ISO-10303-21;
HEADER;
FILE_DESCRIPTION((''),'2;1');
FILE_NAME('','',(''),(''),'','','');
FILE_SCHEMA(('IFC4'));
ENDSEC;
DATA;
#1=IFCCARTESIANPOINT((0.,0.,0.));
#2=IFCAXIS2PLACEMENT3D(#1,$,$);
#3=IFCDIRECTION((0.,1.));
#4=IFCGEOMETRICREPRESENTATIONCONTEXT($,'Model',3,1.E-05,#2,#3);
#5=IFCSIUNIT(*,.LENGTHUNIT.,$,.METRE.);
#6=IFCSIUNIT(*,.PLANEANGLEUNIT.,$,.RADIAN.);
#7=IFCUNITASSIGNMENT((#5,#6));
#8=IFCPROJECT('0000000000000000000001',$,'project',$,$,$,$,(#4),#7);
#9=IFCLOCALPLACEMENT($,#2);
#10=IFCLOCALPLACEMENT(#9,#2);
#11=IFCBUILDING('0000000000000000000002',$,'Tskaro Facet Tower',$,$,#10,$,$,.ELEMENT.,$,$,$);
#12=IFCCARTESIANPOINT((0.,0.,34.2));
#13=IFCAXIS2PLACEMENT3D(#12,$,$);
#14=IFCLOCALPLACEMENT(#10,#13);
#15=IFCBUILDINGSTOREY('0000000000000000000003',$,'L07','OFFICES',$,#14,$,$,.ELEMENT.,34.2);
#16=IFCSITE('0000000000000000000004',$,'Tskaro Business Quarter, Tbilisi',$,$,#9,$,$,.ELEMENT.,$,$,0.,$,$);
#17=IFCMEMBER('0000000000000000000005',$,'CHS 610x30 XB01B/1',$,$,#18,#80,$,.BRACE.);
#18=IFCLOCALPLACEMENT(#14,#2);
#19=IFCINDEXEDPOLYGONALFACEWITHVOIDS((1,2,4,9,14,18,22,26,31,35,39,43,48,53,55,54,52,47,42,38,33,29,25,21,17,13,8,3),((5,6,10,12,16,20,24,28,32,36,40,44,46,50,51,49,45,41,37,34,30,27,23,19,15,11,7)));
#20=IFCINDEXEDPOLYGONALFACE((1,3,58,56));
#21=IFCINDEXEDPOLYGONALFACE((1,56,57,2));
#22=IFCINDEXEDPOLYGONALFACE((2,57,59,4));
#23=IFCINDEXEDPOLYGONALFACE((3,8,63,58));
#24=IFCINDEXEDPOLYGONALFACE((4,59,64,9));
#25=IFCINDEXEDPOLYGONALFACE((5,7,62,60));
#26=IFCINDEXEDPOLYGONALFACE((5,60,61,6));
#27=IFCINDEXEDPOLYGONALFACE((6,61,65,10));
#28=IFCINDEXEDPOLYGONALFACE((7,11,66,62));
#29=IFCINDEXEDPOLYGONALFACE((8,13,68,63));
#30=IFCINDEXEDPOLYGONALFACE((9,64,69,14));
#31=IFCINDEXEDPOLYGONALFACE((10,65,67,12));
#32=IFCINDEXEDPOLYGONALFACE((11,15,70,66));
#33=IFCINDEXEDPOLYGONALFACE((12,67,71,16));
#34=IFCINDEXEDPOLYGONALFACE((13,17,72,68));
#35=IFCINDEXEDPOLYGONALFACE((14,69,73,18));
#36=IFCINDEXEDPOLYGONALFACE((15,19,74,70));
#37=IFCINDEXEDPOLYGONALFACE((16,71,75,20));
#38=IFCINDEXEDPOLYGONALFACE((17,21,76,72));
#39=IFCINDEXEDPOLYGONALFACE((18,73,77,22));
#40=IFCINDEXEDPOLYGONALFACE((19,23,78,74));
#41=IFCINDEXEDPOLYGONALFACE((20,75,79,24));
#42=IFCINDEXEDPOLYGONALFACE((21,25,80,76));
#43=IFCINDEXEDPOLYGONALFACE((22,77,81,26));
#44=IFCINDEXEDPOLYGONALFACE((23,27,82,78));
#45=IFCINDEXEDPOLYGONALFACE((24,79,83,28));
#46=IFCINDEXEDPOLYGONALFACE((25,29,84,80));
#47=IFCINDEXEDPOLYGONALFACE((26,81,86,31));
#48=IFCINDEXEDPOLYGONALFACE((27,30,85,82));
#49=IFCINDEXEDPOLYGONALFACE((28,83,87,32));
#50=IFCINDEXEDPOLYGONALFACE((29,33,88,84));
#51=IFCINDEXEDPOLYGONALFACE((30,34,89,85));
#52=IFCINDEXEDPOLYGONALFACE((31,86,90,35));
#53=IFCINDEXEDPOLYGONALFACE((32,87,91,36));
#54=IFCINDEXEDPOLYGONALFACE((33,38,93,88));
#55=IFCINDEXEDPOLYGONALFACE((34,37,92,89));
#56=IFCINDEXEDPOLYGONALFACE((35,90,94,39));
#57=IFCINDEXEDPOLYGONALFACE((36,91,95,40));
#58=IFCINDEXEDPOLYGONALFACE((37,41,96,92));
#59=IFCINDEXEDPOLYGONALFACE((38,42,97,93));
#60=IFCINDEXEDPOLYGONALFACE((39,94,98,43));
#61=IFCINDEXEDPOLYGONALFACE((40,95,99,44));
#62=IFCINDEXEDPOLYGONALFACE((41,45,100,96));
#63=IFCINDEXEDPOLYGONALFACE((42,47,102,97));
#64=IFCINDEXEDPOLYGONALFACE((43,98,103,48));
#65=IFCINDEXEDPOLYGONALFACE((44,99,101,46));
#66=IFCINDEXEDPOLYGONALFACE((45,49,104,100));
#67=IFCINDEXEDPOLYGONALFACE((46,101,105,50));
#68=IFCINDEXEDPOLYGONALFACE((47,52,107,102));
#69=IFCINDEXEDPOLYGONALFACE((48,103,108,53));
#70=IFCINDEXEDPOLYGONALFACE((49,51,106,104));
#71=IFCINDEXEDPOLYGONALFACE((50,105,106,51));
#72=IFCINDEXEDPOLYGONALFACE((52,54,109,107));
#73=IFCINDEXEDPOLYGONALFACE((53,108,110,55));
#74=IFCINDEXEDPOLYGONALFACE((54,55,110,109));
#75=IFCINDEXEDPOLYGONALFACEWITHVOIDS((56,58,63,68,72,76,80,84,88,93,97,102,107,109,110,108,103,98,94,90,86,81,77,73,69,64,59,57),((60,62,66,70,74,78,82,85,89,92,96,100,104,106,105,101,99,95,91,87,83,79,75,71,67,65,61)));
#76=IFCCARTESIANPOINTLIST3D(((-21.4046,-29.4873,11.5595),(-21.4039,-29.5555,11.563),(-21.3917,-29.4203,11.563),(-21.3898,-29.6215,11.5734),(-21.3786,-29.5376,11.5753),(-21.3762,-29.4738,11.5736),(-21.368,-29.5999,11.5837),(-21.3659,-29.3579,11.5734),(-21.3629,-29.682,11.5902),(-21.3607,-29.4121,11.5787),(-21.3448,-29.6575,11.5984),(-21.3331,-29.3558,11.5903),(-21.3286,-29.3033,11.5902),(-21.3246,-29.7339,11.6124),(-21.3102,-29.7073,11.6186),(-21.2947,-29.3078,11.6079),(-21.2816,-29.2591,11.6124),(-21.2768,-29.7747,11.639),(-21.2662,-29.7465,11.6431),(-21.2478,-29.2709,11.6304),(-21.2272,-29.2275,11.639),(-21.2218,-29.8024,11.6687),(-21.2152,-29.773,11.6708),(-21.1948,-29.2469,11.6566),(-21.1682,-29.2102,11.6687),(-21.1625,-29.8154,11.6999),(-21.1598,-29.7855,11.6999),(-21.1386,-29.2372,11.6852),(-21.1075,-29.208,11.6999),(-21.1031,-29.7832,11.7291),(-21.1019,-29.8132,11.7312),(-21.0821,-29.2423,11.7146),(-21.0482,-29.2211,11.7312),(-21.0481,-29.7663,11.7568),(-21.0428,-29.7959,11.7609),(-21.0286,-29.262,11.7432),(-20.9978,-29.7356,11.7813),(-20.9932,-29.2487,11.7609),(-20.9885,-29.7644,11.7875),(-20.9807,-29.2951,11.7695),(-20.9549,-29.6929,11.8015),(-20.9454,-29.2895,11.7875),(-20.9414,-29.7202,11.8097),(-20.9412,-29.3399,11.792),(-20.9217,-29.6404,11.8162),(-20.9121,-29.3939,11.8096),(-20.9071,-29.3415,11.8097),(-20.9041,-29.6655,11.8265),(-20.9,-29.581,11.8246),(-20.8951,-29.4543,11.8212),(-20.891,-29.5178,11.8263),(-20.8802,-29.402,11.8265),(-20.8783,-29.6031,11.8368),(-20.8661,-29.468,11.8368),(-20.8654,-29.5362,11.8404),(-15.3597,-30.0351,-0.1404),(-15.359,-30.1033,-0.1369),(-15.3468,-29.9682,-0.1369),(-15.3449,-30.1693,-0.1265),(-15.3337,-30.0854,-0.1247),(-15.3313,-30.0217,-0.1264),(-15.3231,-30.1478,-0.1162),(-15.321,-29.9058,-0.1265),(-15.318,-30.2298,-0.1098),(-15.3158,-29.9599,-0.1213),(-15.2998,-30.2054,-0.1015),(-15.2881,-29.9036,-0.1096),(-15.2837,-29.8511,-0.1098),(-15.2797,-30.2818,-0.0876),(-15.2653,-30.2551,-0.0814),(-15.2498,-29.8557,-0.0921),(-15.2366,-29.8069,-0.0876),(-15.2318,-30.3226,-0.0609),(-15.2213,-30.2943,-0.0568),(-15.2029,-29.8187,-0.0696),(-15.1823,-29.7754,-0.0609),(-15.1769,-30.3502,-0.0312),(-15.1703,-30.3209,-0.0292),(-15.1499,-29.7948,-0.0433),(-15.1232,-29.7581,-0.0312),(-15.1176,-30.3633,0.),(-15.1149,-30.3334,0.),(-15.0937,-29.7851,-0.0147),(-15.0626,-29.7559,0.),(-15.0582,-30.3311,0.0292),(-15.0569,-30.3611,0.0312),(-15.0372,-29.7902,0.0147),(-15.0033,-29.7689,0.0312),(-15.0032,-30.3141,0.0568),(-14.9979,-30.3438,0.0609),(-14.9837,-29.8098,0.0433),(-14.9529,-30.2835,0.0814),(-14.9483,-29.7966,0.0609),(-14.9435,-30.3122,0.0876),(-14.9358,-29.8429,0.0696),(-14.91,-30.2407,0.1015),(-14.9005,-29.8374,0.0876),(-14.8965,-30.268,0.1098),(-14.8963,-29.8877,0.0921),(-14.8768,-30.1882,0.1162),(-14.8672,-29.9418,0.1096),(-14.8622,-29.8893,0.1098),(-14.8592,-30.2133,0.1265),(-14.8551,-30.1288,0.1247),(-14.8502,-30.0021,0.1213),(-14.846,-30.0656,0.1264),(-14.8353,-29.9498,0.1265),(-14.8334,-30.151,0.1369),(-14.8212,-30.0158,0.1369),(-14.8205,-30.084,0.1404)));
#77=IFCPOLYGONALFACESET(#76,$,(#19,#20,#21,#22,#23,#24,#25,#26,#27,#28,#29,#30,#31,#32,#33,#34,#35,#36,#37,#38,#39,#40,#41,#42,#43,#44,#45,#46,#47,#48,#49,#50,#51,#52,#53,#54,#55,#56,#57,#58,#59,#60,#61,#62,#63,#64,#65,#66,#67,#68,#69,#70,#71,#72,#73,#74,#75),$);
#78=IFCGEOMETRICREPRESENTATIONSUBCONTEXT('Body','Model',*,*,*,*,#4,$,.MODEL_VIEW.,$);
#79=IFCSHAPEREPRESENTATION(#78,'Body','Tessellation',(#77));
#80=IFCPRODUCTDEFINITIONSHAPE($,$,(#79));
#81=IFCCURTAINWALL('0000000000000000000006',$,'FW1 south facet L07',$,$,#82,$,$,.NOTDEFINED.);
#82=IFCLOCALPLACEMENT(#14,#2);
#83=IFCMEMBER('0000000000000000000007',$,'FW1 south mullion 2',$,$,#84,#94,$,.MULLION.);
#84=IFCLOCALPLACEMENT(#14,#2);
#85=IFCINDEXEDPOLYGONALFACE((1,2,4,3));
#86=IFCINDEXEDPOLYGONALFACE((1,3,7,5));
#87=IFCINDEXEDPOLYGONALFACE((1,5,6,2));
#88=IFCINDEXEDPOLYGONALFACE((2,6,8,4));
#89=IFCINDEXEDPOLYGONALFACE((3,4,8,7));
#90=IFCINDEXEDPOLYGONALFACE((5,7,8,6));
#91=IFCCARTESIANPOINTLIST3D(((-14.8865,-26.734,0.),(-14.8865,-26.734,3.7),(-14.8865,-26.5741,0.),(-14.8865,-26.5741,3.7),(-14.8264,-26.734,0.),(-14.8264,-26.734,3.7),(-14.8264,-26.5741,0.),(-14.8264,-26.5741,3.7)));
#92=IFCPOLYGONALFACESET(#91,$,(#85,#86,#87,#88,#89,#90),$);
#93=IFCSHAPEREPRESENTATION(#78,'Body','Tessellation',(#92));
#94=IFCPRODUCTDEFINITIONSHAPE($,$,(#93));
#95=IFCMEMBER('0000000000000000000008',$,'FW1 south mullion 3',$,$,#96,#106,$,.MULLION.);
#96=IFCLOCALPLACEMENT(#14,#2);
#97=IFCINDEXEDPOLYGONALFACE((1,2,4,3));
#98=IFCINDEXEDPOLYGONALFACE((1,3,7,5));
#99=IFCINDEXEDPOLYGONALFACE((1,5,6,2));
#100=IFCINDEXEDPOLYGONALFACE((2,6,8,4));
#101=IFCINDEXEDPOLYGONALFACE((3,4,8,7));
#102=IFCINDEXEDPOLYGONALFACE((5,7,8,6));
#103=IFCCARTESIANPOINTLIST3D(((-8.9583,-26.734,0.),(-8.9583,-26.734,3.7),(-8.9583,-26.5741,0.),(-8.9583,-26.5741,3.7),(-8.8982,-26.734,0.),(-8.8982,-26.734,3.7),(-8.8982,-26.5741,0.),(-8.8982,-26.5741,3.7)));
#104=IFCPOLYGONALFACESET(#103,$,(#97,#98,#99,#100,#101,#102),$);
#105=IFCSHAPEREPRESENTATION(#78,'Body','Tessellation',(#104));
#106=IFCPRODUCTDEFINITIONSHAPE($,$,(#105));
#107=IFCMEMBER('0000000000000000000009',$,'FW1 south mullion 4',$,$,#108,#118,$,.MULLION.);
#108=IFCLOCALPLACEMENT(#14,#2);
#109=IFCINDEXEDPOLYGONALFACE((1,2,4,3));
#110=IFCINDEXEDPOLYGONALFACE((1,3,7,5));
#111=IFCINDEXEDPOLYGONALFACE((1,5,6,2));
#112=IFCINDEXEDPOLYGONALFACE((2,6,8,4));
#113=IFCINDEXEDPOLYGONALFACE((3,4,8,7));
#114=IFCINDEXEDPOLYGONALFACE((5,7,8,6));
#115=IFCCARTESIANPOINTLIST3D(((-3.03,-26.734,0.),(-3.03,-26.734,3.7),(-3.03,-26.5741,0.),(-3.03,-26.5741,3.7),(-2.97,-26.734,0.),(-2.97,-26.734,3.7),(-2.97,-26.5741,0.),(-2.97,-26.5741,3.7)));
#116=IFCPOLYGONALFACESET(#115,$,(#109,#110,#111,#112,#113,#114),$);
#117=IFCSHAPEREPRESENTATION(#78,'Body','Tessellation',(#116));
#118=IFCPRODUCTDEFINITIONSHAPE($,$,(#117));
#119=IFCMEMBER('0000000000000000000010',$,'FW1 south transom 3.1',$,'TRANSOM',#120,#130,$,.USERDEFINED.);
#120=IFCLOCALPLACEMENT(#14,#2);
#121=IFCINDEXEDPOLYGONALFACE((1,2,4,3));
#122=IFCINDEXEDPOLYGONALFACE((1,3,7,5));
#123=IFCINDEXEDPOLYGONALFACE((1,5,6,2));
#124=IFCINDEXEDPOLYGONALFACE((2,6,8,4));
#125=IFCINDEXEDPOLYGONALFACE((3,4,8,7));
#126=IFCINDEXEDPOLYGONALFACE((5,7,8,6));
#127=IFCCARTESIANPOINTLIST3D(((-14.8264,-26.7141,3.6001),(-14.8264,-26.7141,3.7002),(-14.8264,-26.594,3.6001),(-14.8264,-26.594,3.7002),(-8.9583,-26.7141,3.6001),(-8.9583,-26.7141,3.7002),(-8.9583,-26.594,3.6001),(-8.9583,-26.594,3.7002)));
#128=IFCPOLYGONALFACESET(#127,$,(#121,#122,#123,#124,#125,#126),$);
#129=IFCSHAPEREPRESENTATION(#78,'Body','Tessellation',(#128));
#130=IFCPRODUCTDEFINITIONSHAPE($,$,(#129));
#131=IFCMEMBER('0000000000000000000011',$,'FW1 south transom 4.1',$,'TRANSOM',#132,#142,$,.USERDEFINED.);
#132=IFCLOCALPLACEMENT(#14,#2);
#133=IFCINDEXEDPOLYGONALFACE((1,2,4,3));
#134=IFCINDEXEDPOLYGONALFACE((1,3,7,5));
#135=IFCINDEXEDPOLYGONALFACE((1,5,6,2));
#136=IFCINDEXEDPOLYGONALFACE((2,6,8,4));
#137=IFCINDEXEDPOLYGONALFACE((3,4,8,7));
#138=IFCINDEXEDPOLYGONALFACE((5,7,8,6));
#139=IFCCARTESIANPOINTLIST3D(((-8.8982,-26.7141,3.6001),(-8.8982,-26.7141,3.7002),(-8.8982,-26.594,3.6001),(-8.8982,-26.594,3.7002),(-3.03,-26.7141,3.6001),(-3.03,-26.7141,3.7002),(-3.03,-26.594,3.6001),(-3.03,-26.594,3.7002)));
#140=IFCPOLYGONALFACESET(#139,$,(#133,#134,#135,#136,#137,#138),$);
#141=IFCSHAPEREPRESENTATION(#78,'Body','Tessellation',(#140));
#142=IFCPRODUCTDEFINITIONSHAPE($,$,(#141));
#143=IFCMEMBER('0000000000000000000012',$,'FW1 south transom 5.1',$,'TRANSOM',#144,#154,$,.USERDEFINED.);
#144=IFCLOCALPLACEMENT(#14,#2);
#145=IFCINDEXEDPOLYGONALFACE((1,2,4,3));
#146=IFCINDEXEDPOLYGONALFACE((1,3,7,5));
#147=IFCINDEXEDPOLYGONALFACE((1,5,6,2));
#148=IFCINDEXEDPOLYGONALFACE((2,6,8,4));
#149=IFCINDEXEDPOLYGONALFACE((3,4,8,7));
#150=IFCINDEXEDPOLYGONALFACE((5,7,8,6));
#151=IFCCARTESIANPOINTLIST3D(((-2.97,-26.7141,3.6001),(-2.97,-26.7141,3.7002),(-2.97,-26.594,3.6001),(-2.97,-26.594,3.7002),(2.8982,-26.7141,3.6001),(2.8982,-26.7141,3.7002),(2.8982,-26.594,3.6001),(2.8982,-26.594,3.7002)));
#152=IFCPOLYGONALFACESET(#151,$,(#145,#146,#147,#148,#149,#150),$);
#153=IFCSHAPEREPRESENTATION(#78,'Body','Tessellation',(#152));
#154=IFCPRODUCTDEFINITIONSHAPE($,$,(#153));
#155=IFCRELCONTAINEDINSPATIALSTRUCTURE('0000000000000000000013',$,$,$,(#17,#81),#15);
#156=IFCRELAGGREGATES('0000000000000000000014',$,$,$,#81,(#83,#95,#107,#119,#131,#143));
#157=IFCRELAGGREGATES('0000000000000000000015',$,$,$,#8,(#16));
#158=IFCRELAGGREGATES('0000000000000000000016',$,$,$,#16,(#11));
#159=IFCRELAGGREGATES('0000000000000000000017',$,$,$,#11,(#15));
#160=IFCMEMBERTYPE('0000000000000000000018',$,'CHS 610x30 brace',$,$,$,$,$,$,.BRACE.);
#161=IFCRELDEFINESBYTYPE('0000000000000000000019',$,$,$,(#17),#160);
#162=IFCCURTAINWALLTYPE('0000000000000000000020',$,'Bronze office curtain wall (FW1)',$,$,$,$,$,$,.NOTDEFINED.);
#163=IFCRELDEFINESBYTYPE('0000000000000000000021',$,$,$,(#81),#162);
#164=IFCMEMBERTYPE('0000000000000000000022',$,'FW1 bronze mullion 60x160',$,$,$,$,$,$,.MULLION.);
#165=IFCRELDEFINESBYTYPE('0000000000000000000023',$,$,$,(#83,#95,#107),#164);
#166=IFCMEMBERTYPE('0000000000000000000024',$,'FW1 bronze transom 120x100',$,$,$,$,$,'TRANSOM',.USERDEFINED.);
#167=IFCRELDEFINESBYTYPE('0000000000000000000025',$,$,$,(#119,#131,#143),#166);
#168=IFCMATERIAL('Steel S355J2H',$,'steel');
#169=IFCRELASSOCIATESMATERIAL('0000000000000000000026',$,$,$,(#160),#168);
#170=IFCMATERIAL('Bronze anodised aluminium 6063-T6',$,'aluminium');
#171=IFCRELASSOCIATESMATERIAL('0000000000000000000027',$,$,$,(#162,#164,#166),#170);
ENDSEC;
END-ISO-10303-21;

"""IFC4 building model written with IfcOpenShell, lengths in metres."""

from ifc_helpers import new_model, si_unit, direction, frame, origin, origin_2d, place, context, subcontext, project, spatial, rectangle, hollow_circle, extrude, material, material_profile, profile_set, type_object, element, aggregate, save


model = new_model("IFC4")

# Units and contexts
model_context = context("Model", 3, precision=1e-05, world=origin(), true_north=direction((0.0, 1.0)))
body_context = subcontext(model_context, "Body", "Model", "MODEL_VIEW")
ifc_project = project(units=[si_unit("LENGTHUNIT", "METRE"), si_unit("PLANEANGLEUNIT", "RADIAN")], contexts=[model_context])

# Site, building, storey
site_placement = place(None, origin())
site = spatial("IfcSite", under=ifc_project, at=site_placement, Name="Tskaro Business Quarter, Tbilisi", CompositionType="ELEMENT", RefElevation=0.0)
building_placement = place(site_placement, origin())
building = spatial("IfcBuilding", under=site, at=building_placement, Name="Tskaro Facet Tower", CompositionType="ELEMENT")
storey_placement = place(building_placement, frame((0.0, 0.0, 34.2)))
storey = spatial("IfcBuildingStorey", under=building, at=storey_placement, Name="L07", Description="OFFICES", CompositionType="ELEMENT", Elevation=34.2)

# Shared definitions
ifc_material_1 = material(Name="Steel S355J2H", Category="steel")

# Member
ifc_material_profile_1 = material_profile(ifc_material_1, hollow_circle(Radius=0.3049, WallThickness=0.03, at=origin_2d()), Name="CHS 610x30")
ifc_profile_set_1 = profile_set([ifc_material_profile_1], Name="Steel S355J2H")
member_type_1 = type_object("IfcMemberType", Name="CHS 610x30 brace", PredefinedType="BRACE", material=ifc_profile_set_1)
member_1_placement = place(storey_placement, frame((-15.0901, -30.0596, 0.0), z_axis=(-0.45862, 0.041565, 0.88766), x_axis=(-0.09026, -0.995918, 0.0)))
element("IfcMember", 1, at=member_1_placement, inside=storey, type_object=member_type_1, Name="CHS 610x30 XB01B/1", PredefinedType="BRACE", context=body_context, shape_type="SweptSolid", body=[
    extrude(hollow_circle(Radius=0.3049, WallThickness=0.03, at=origin_2d()), origin(), (0.0, 0.0, 1.0), 13.1807),
])

# Curtain wall, members
ifc_material_2 = material(Name="Bronze anodised aluminium 6063-T6", Category="aluminium")
curtain_wall_type = type_object("IfcCurtainWallType", Name="Bronze office curtain wall (FW1)", PredefinedType="NOTDEFINED", material=ifc_material_2)
curtain_wall_placement = place(storey_placement, origin())
curtain_wall = element("IfcCurtainWall", 2, at=curtain_wall_placement, inside=storey, type_object=curtain_wall_type, Name="FW1 south facet L07", PredefinedType="NOTDEFINED")
ifc_material_profile_2 = material_profile(ifc_material_2, rectangle(XDim=0.0601, YDim=0.1599, at=origin_2d()), Name="Mullion 60x160")
ifc_profile_set_2 = profile_set([ifc_material_profile_2], Name="Bronze anodised aluminium 6063-T6")
member_type_2 = type_object("IfcMemberType", Name="FW1 bronze mullion 60x160", PredefinedType="MULLION", material=ifc_profile_set_2)
member_2_placement = place(storey_placement, frame((-14.8564, -26.6541, 0.0), z_axis=(0.0, 0.0, 1.0), x_axis=(1.0, 0.0, 0.0)))
member_2 = element("IfcMember", 3, at=member_2_placement, type_object=member_type_2, Name="FW1 south mullion 2", PredefinedType="MULLION", context=body_context, shape_type="SweptSolid", body=[
    extrude(rectangle(XDim=0.0601, YDim=0.1599, at=origin_2d()), origin(), (0.0, 0.0, 1.0), 3.7),
])
member_3_placement = place(storey_placement, frame((-8.9282, -26.6541, 0.0), z_axis=(0.0, 0.0, 1.0), x_axis=(1.0, 0.0, 0.0)))
member_3 = element("IfcMember", 4, at=member_3_placement, type_object=member_type_2, Name="FW1 south mullion 3", PredefinedType="MULLION", context=body_context, shape_type="SweptSolid", body=[
    extrude(rectangle(XDim=0.0601, YDim=0.1599, at=origin_2d()), origin(), (0.0, 0.0, 1.0), 3.7),
])
member_4_placement = place(storey_placement, frame((-3.0, -26.6541, 0.0), z_axis=(0.0, 0.0, 1.0), x_axis=(1.0, 0.0, 0.0)))
member_4 = element("IfcMember", 5, at=member_4_placement, type_object=member_type_2, Name="FW1 south mullion 4", PredefinedType="MULLION", context=body_context, shape_type="SweptSolid", body=[
    extrude(rectangle(XDim=0.0601, YDim=0.1599, at=origin_2d()), origin(), (0.0, 0.0, 1.0), 3.7),
])
ifc_material_profile_3 = material_profile(ifc_material_2, rectangle(XDim=0.1201, YDim=0.1001, at=origin_2d()), Name="Transom 120x100")
ifc_profile_set_3 = profile_set([ifc_material_profile_3], Name="Bronze anodised aluminium 6063-T6")
member_type_3 = type_object("IfcMemberType", Name="FW1 bronze transom 120x100", ElementType="TRANSOM", PredefinedType="USERDEFINED", material=ifc_profile_set_3)
member_5_placement = place(storey_placement, frame((-14.8264, -26.6541, 3.6501), z_axis=(1.0, 0.0, 0.0), x_axis=(0.0, 1.0, 0.0)))
member_5 = element("IfcMember", 6, at=member_5_placement, type_object=member_type_3, Name="FW1 south transom 3.1", ObjectType="TRANSOM", PredefinedType="USERDEFINED", context=body_context, shape_type="SweptSolid", body=[
    extrude(rectangle(XDim=0.1201, YDim=0.1001, at=origin_2d()), origin(), (0.0, 0.0, 1.0), 5.8682),
])
member_6_placement = place(storey_placement, frame((-8.8982, -26.6541, 3.6501), z_axis=(1.0, 0.0, 0.0), x_axis=(0.0, 1.0, 0.0)))
member_6 = element("IfcMember", 7, at=member_6_placement, type_object=member_type_3, Name="FW1 south transom 4.1", ObjectType="TRANSOM", PredefinedType="USERDEFINED", context=body_context, shape_type="SweptSolid", body=[
    extrude(rectangle(XDim=0.1201, YDim=0.1001, at=origin_2d()), origin(), (0.0, 0.0, 1.0), 5.8682),
])
member_7_placement = place(storey_placement, frame((-2.97, -26.6541, 3.6501), z_axis=(1.0, 0.0, 0.0), x_axis=(0.0, 1.0, 0.0)))
member_7 = element("IfcMember", 8, at=member_7_placement, type_object=member_type_3, Name="FW1 south transom 5.1", ObjectType="TRANSOM", PredefinedType="USERDEFINED", context=body_context, shape_type="SweptSolid", body=[
    extrude(rectangle(XDim=0.1201, YDim=0.1001, at=origin_2d()), origin(), (0.0, 0.0, 1.0), 5.8682),
])

aggregate(curtain_wall, [member_2, member_3, member_4, member_5, member_6, member_7])

save(model, "model.ifc")
